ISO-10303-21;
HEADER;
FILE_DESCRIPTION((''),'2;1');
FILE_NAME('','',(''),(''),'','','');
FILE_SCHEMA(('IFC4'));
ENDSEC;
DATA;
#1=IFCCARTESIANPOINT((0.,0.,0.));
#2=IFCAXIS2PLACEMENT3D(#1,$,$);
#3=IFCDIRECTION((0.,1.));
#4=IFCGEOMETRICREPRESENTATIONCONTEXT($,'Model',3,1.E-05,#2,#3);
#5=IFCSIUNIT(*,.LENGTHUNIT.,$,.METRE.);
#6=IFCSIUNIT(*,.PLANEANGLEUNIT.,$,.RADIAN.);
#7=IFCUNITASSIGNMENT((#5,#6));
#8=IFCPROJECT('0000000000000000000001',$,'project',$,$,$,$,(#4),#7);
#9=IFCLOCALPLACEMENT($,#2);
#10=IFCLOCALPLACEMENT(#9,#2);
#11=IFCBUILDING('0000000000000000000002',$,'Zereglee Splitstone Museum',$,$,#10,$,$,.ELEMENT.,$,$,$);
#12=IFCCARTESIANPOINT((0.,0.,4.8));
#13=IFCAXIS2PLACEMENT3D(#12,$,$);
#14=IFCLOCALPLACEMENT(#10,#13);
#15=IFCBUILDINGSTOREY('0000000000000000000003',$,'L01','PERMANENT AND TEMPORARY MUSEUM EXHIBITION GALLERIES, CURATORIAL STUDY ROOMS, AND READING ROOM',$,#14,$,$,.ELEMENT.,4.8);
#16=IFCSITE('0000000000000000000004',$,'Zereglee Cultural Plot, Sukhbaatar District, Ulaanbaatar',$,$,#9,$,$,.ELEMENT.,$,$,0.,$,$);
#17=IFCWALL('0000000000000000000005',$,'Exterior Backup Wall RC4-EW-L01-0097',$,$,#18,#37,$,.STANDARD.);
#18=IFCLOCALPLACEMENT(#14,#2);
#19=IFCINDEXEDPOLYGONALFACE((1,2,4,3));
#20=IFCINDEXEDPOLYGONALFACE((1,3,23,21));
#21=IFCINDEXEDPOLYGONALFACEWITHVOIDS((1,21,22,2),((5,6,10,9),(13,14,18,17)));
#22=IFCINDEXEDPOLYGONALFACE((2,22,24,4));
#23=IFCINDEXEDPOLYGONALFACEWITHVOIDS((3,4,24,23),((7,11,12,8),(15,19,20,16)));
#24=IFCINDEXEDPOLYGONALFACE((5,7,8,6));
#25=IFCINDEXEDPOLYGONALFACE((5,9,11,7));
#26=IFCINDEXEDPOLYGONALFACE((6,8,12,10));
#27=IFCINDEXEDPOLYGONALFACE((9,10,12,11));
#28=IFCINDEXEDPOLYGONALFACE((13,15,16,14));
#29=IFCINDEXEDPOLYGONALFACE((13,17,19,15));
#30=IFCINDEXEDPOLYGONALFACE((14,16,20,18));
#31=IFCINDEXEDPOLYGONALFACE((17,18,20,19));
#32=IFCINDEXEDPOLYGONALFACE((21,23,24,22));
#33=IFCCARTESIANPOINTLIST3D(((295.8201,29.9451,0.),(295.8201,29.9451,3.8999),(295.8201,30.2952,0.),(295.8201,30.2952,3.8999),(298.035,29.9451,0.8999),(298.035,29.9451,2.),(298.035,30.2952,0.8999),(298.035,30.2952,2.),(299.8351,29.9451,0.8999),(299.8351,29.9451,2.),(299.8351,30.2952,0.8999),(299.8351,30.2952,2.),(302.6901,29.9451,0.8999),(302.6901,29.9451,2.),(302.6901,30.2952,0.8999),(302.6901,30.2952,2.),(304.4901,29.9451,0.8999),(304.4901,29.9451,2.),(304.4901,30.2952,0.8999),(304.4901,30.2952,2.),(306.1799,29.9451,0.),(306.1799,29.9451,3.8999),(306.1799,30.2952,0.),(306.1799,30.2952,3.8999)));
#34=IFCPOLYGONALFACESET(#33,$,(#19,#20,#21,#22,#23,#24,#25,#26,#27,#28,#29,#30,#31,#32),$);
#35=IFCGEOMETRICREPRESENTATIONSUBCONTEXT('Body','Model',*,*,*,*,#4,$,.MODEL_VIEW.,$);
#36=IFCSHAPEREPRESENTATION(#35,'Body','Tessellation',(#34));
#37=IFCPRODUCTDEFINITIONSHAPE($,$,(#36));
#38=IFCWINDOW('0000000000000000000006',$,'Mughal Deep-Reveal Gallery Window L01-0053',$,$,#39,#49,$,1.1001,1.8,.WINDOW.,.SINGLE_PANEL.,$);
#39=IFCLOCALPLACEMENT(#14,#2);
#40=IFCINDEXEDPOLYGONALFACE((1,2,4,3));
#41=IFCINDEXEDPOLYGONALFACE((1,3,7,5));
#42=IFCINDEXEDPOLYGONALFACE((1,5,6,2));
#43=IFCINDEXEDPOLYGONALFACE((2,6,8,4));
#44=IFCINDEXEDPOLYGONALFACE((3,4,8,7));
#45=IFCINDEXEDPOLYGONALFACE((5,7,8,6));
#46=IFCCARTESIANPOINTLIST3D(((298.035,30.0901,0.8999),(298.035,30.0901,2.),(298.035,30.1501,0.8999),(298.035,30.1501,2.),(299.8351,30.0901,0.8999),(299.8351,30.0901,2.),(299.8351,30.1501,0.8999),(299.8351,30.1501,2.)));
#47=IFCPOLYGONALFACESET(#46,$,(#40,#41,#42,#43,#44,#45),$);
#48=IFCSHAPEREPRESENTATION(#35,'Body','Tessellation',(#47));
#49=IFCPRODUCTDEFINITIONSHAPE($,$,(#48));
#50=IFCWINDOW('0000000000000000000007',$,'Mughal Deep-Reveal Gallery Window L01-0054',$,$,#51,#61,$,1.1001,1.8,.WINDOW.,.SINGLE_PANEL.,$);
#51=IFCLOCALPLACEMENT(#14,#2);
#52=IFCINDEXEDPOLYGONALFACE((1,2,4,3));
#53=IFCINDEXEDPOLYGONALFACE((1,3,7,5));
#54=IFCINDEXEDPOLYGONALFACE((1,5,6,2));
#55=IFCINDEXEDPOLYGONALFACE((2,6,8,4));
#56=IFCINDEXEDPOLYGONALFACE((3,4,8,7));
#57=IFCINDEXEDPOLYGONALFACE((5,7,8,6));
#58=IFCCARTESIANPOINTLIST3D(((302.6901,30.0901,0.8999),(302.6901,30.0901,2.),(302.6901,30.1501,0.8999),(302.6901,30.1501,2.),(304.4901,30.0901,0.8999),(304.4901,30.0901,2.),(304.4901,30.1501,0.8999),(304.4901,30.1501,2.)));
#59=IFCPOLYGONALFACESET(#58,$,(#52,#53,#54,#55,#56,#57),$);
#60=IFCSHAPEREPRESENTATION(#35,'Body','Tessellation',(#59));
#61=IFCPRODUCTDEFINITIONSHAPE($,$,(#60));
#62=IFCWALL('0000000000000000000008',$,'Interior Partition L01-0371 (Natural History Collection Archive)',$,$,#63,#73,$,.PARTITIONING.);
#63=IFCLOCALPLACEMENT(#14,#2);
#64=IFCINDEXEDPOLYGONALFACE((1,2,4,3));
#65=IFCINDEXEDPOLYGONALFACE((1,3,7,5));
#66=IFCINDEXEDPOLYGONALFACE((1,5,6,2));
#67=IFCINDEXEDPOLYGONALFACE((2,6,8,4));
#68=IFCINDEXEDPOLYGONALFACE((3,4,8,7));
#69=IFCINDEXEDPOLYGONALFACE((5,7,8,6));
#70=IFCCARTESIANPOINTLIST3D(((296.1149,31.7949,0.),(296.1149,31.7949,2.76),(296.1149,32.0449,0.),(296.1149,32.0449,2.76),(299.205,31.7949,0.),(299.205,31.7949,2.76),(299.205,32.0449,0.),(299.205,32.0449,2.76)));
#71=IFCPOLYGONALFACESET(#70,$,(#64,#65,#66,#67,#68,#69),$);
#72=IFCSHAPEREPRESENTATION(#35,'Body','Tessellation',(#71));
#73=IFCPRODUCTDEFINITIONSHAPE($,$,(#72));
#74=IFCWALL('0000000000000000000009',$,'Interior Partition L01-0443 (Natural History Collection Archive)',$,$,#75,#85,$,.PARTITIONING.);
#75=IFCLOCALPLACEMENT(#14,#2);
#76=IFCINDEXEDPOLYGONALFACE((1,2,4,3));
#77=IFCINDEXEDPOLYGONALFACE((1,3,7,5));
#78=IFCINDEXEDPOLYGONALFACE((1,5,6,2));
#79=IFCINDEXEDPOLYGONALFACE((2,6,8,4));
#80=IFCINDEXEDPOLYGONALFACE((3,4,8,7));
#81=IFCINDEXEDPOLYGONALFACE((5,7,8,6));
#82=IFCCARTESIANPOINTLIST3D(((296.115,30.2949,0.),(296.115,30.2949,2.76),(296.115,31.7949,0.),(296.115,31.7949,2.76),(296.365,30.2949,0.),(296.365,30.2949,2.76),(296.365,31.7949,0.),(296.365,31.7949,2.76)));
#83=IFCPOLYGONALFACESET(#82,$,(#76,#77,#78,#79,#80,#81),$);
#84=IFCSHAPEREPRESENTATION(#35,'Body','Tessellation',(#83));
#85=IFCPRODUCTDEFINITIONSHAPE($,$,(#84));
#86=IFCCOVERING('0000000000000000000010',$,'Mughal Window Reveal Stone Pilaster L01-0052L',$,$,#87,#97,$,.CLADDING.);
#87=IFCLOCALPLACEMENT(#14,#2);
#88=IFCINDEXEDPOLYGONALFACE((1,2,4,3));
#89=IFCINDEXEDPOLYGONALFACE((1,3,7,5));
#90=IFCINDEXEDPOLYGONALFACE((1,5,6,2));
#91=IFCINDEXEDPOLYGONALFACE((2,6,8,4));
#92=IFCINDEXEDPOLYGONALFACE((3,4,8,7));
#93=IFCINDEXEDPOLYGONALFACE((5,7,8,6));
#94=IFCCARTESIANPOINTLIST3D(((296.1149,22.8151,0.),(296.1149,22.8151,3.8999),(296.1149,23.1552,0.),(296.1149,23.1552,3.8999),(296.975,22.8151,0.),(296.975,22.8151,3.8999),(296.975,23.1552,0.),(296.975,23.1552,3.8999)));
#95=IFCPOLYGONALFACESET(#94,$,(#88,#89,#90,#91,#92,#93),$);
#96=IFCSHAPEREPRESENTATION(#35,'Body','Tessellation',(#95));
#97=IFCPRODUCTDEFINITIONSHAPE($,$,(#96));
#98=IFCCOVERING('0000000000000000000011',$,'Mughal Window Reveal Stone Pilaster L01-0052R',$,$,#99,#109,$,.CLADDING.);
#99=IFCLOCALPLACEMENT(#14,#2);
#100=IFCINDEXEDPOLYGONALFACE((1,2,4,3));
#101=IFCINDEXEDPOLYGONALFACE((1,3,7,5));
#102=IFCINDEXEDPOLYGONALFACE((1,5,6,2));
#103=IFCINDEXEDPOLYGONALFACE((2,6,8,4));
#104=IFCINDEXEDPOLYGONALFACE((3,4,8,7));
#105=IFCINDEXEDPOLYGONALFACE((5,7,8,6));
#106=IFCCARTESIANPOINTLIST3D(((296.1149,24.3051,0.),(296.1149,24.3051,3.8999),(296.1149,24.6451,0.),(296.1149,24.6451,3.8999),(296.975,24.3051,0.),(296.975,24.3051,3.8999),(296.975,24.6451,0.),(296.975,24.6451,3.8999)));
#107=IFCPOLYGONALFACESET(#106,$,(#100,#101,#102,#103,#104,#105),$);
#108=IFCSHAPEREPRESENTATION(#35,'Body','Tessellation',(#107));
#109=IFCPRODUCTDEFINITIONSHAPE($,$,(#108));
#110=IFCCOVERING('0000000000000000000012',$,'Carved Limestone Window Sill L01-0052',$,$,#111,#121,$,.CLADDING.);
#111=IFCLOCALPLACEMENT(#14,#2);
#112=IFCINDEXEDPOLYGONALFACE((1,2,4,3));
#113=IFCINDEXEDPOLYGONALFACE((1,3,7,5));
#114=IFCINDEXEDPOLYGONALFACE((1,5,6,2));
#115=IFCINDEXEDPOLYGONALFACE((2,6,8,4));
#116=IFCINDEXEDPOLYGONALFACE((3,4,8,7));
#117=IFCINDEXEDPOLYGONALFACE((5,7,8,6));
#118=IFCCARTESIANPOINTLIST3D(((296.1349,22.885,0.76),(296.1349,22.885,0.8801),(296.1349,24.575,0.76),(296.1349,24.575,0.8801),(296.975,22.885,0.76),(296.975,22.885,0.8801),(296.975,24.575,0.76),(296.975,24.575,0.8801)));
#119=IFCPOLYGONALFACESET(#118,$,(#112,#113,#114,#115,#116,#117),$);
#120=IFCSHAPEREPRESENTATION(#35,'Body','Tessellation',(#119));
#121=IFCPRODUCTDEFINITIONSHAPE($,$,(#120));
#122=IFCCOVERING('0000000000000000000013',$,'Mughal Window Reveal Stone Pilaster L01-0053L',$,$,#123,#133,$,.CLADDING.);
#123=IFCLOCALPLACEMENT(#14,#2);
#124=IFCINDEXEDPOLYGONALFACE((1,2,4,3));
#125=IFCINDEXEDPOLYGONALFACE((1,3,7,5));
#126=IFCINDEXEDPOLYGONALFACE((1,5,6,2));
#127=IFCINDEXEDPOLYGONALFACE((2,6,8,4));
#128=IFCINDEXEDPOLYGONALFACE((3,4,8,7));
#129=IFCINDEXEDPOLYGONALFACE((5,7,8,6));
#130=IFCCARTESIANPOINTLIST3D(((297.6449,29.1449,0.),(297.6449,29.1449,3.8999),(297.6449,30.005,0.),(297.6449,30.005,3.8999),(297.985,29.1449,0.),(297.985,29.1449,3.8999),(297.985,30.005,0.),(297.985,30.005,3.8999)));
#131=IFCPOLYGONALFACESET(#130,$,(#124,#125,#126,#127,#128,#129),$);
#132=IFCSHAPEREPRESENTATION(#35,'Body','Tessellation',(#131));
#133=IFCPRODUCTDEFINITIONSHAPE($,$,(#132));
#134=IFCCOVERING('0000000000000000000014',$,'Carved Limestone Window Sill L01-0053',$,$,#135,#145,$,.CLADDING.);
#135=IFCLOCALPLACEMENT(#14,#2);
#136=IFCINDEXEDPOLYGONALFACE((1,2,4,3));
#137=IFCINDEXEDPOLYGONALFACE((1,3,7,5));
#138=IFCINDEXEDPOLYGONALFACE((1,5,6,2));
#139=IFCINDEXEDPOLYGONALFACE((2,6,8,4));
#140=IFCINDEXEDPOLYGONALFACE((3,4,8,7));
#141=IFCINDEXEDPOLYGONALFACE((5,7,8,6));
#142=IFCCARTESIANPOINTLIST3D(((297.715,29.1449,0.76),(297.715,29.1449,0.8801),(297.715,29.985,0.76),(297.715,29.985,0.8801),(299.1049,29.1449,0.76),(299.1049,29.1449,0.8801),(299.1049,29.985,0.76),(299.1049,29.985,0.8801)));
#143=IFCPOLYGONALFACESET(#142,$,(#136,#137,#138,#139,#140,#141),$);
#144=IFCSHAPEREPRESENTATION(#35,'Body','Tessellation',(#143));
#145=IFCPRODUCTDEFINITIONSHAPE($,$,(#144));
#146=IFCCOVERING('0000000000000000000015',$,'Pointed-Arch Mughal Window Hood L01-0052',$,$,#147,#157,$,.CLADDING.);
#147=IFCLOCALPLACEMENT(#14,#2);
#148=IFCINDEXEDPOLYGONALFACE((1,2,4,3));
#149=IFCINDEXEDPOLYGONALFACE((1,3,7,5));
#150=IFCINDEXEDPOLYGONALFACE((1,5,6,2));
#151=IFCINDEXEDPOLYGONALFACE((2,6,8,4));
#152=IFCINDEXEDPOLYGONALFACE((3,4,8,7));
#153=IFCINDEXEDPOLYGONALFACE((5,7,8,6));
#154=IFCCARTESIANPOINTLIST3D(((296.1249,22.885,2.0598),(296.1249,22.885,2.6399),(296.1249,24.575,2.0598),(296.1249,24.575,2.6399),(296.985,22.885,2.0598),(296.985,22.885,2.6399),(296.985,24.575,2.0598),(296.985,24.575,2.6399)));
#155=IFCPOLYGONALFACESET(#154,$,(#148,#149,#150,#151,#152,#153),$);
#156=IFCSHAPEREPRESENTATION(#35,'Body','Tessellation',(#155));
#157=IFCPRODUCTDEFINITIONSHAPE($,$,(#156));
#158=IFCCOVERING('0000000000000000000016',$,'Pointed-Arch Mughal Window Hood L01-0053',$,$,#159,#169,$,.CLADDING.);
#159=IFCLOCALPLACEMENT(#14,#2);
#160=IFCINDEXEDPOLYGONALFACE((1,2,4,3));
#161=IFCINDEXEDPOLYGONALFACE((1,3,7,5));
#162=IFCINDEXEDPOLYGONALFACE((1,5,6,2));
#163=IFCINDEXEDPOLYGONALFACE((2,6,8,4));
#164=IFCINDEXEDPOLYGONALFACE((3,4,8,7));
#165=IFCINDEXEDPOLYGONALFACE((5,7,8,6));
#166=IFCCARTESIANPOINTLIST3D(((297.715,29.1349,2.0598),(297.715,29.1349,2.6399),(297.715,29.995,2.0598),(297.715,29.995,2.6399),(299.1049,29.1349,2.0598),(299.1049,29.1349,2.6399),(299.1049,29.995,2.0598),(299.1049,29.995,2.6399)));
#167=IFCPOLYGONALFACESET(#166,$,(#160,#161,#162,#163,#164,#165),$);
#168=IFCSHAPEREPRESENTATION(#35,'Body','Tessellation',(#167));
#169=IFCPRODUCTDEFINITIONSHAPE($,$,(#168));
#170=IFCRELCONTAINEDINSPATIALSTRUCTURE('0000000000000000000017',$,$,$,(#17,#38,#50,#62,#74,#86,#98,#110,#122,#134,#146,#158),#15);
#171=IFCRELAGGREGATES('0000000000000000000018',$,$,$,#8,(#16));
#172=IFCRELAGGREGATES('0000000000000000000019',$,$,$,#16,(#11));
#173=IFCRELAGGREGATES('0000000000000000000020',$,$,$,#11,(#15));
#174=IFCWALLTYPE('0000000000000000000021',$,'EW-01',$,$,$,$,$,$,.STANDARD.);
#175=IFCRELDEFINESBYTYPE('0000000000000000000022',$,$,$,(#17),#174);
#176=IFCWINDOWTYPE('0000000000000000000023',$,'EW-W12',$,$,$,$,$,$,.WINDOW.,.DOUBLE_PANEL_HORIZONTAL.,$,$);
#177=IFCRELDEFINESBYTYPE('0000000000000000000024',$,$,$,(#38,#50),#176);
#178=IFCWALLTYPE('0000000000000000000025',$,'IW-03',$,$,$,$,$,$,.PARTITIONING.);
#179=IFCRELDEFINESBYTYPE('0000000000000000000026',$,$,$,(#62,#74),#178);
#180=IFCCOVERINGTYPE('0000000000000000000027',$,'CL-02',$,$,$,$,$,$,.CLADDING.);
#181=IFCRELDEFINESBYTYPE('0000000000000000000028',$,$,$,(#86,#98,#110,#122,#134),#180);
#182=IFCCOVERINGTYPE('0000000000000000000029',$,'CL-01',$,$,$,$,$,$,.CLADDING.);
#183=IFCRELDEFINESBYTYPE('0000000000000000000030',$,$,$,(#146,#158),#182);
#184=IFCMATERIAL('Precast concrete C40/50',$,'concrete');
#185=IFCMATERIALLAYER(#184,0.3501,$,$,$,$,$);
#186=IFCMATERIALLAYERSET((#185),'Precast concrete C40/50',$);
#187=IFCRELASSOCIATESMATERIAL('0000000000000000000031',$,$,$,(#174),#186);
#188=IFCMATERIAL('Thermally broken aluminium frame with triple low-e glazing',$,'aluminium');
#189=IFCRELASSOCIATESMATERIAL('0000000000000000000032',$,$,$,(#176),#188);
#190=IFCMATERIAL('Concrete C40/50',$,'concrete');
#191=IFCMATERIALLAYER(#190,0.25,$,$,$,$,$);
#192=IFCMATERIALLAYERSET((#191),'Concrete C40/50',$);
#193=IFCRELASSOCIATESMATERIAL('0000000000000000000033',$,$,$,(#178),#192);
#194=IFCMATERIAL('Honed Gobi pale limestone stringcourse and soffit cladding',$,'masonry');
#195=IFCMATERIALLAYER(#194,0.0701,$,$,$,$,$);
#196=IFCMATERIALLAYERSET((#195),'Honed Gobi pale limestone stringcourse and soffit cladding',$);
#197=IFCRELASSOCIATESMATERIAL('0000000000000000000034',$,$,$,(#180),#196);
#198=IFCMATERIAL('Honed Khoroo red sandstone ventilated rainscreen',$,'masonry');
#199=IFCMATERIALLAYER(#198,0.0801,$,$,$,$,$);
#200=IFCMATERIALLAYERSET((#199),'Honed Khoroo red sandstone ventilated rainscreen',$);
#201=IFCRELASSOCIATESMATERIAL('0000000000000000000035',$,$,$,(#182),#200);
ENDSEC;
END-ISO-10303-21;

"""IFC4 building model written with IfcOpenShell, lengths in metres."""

from ifc_helpers import new_model, si_unit, direction, frame, frame_2d, origin, origin_2d, place, context, subcontext, project, spatial, rectangle, extrude, material, layer, layer_set, type_object, element, fill, save


model = new_model("IFC4")

# Units and contexts
model_context = context("Model", 3, precision=1e-05, world=origin(), true_north=direction((0.0, 1.0)))
body_context = subcontext(model_context, "Body", "Model", "MODEL_VIEW")
ifc_project = project(units=[si_unit("LENGTHUNIT", "METRE"), si_unit("PLANEANGLEUNIT", "RADIAN")], contexts=[model_context])

# Site, building, storey
site_placement = place(None, origin())
site = spatial("IfcSite", under=ifc_project, at=site_placement, Name="Zereglee Cultural Plot, Sukhbaatar District, Ulaanbaatar", CompositionType="ELEMENT", RefElevation=0.0)
building_placement = place(site_placement, origin())
building = spatial("IfcBuilding", under=site, at=building_placement, Name="Zereglee Splitstone Museum", CompositionType="ELEMENT")
storey_placement = place(building_placement, frame((0.0, 0.0, 4.8)))
storey = spatial("IfcBuildingStorey", under=building, at=storey_placement, Name="L01", Description="PERMANENT AND TEMPORARY MUSEUM EXHIBITION GALLERIES, CURATORIAL STUDY ROOMS, AND READING ROOM", CompositionType="ELEMENT", Elevation=4.8)

# Shared definitions
ifc_material_1 = material(Name="Concrete C40/50", Category="concrete")

# Wall, openings, windows
ifc_material_2 = material(Name="Precast concrete C40/50", Category="concrete")
ifc_layer_1 = layer(ifc_material_2, 0.3501)
ifc_layer_set_1 = layer_set([ifc_layer_1], Name="Precast concrete C40/50")
wall_type_1 = type_object("IfcWallType", Name="EW-01", PredefinedType="STANDARD", material=ifc_layer_set_1)
ifc_material_3 = material(Name="Thermally broken aluminium frame with triple low-e glazing", Category="aluminium")
window_type = type_object("IfcWindowType", Name="EW-W12", PartitioningType="DOUBLE_PANEL_HORIZONTAL", PredefinedType="WINDOW", material=ifc_material_3)
wall_1_placement = place(storey_placement, frame((295.8201, 30.1201, 0.0), z_axis=(0.0, 0.0, 1.0), x_axis=(1.0, 0.0, 0.0)))
wall_1 = element("IfcWall", 1, at=wall_1_placement, inside=storey, type_object=wall_type_1, Name="Exterior Backup Wall RC4-EW-L01-0097", PredefinedType="STANDARD", context=body_context, shape_type="SweptSolid", body=[
    extrude(rectangle(XDim=10.3599, YDim=0.3501, at=frame_2d((5.1799, 0.0))), origin(), (0.0, 0.0, 1.0), 3.8999),
])
opening_1_placement = place(wall_1_placement, frame((2.2151, 0.0, 0.8999)))
opening_1 = element("IfcOpeningElement", 2, at=opening_1_placement, cuts=wall_1, PredefinedType="OPENING", context=body_context, shape_type="SweptSolid", body=[
    extrude(rectangle(XDim=1.8, YDim=1.1001, at=frame_2d((0.8999, 0.55))), frame((0.0, 0.1899, 0.0), z_axis=(0.0, -1.0, 0.0), x_axis=(1.0, 0.0, 0.0)), (0.0, 0.0, 1.0), 0.3799),
])
opening_2_placement = place(wall_1_placement, frame((6.8701, 0.0, 0.8999)))
opening_2 = element("IfcOpeningElement", 3, at=opening_2_placement, cuts=wall_1, PredefinedType="OPENING", context=body_context, shape_type="SweptSolid", body=[
    extrude(rectangle(XDim=1.8, YDim=1.1001, at=frame_2d((0.8999, 0.55))), frame((0.0, 0.1899, 0.0), z_axis=(0.0, -1.0, 0.0), x_axis=(1.0, 0.0, 0.0)), (0.0, 0.0, 1.0), 0.3799),
])
window_1_placement = place(opening_1_placement, origin())
window_1 = element("IfcWindow", 4, at=window_1_placement, inside=storey, type_object=window_type, Name="Mughal Deep-Reveal Gallery Window L01-0053", OverallHeight=1.1001, OverallWidth=1.8, PartitioningType="SINGLE_PANEL", PredefinedType="WINDOW", context=body_context, shape_type="SweptSolid", body=[
    extrude(rectangle(XDim=1.8, YDim=1.1001, at=frame_2d((0.8999, 0.55))), frame((0.0, 0.03, 0.0), z_axis=(0.0, -1.0, 0.0), x_axis=(1.0, 0.0, 0.0)), (0.0, 0.0, 1.0), 0.0601),
])
fill(opening_1, window_1)
window_2_placement = place(opening_2_placement, origin())
window_2 = element("IfcWindow", 5, at=window_2_placement, inside=storey, type_object=window_type, Name="Mughal Deep-Reveal Gallery Window L01-0054", OverallHeight=1.1001, OverallWidth=1.8, PartitioningType="SINGLE_PANEL", PredefinedType="WINDOW", context=body_context, shape_type="SweptSolid", body=[
    extrude(rectangle(XDim=1.8, YDim=1.1001, at=frame_2d((0.8999, 0.55))), frame((0.0, 0.03, 0.0), z_axis=(0.0, -1.0, 0.0), x_axis=(1.0, 0.0, 0.0)), (0.0, 0.0, 1.0), 0.0601),
])
fill(opening_2, window_2)

# Walls
ifc_layer_2 = layer(ifc_material_1, 0.25)
ifc_layer_set_2 = layer_set([ifc_layer_2], Name="Concrete C40/50")
wall_type_2 = type_object("IfcWallType", Name="IW-03", PredefinedType="PARTITIONING", material=ifc_layer_set_2)
wall_2_placement = place(storey_placement, frame((296.115, 31.9199, 0.0), z_axis=(0.0, 0.0, 1.0), x_axis=(1.0, 0.0, 0.0)))
element("IfcWall", 6, at=wall_2_placement, inside=storey, type_object=wall_type_2, Name="Interior Partition L01-0371 (Natural History Collection Archive)", PredefinedType="PARTITIONING", context=body_context, shape_type="SweptSolid", body=[
    extrude(rectangle(XDim=3.0901, YDim=0.25, at=frame_2d((1.5449, 0.0))), origin(), (0.0, 0.0, 1.0), 2.76),
])
wall_3_placement = place(storey_placement, frame((296.24, 30.2949, 0.0), z_axis=(0.0, 0.0, 1.0), x_axis=(0.0, 1.0, 0.0)))
element("IfcWall", 7, at=wall_3_placement, inside=storey, type_object=wall_type_2, Name="Interior Partition L01-0443 (Natural History Collection Archive)", PredefinedType="PARTITIONING", context=body_context, shape_type="SweptSolid", body=[
    extrude(rectangle(XDim=1.5, YDim=0.25, at=frame_2d((0.75, 0.0))), origin(), (0.0, 0.0, 1.0), 2.76),
])

# Coverings
ifc_material_4 = material(Name="Honed Gobi pale limestone stringcourse and soffit cladding", Category="masonry")
ifc_layer_3 = layer(ifc_material_4, 0.0701)
ifc_layer_set_3 = layer_set([ifc_layer_3], Name="Honed Gobi pale limestone stringcourse and soffit cladding")
covering_type_1 = type_object("IfcCoveringType", Name="CL-02", PredefinedType="CLADDING", material=ifc_layer_set_3)
for number, where, z_axis, x_axis, name in (
    (8, (296.5449, 22.9851, 0.0), (0.0, 0.0, 1.0), (0.0, 1.0, 0.0), "Mughal Window Reveal Stone Pilaster L01-0052L"),
    (9, (296.5449, 24.4751, 0.0), (0.0, 0.0, 1.0), (0.0, 1.0, 0.0), "Mughal Window Reveal Stone Pilaster L01-0052R"),
):
    element("IfcCovering", number, at=place(storey_placement, frame(where, z_axis=z_axis, x_axis=x_axis)), inside=storey, type_object=covering_type_1, Name=name, PredefinedType="CLADDING", context=body_context, shape_type="SweptSolid", body=[
        extrude(rectangle(XDim=0.3401, YDim=0.8601, at=origin_2d()), origin(), (0.0, 0.0, 1.0), 3.8999),
    ])
covering_1_placement = place(storey_placement, frame((296.5549, 23.73, 0.76), z_axis=(0.0, 0.0, 1.0), x_axis=(0.0, 1.0, 0.0)))
element("IfcCovering", 10, at=covering_1_placement, inside=storey, type_object=covering_type_1, Name="Carved Limestone Window Sill L01-0052", PredefinedType="CLADDING", context=body_context, shape_type="SweptSolid", body=[
    extrude(rectangle(XDim=1.6899, YDim=0.8401, at=origin_2d()), origin(), (0.0, 0.0, 1.0), 0.1201),
])
covering_2_placement = place(storey_placement, frame((297.8149, 29.575, 0.0), z_axis=(0.0, 0.0, 1.0), x_axis=(1.0, 0.0, 0.0)))
element("IfcCovering", 11, at=covering_2_placement, inside=storey, type_object=covering_type_1, Name="Mughal Window Reveal Stone Pilaster L01-0053L", PredefinedType="CLADDING", context=body_context, shape_type="SweptSolid", body=[
    extrude(rectangle(XDim=0.3401, YDim=0.8601, at=origin_2d()), origin(), (0.0, 0.0, 1.0), 3.8999),
])
covering_3_placement = place(storey_placement, frame((298.4099, 29.5649, 0.76), z_axis=(0.0, 0.0, 1.0), x_axis=(1.0, 0.0, 0.0)))
element("IfcCovering", 12, at=covering_3_placement, inside=storey, type_object=covering_type_1, Name="Carved Limestone Window Sill L01-0053", PredefinedType="CLADDING", context=body_context, shape_type="SweptSolid", body=[
    extrude(rectangle(XDim=1.3899, YDim=0.8401, at=origin_2d()), origin(), (0.0, 0.0, 1.0), 0.1201),
])
ifc_material_5 = material(Name="Honed Khoroo red sandstone ventilated rainscreen", Category="masonry")
ifc_layer_4 = layer(ifc_material_5, 0.0801)
ifc_layer_set_4 = layer_set([ifc_layer_4], Name="Honed Khoroo red sandstone ventilated rainscreen")
covering_type_2 = type_object("IfcCoveringType", Name="CL-01", PredefinedType="CLADDING", material=ifc_layer_set_4)
covering_4_placement = place(storey_placement, frame((296.5549, 23.73, 2.0598), z_axis=(0.0, 0.0, 1.0), x_axis=(0.0, 1.0, 0.0)))
element("IfcCovering", 13, at=covering_4_placement, inside=storey, type_object=covering_type_2, Name="Pointed-Arch Mughal Window Hood L01-0052", PredefinedType="CLADDING", context=body_context, shape_type="SweptSolid", body=[
    extrude(rectangle(XDim=1.6899, YDim=0.8601, at=origin_2d()), origin(), (0.0, 0.0, 1.0), 0.5801),
])
covering_5_placement = place(storey_placement, frame((298.4099, 29.5649, 2.0598), z_axis=(0.0, 0.0, 1.0), x_axis=(1.0, 0.0, 0.0)))
element("IfcCovering", 14, at=covering_5_placement, inside=storey, type_object=covering_type_2, Name="Pointed-Arch Mughal Window Hood L01-0053", PredefinedType="CLADDING", context=body_context, shape_type="SweptSolid", body=[
    extrude(rectangle(XDim=1.3899, YDim=0.8601, at=origin_2d()), origin(), (0.0, 0.0, 1.0), 0.5801),
])

save(model, "model.ifc")
